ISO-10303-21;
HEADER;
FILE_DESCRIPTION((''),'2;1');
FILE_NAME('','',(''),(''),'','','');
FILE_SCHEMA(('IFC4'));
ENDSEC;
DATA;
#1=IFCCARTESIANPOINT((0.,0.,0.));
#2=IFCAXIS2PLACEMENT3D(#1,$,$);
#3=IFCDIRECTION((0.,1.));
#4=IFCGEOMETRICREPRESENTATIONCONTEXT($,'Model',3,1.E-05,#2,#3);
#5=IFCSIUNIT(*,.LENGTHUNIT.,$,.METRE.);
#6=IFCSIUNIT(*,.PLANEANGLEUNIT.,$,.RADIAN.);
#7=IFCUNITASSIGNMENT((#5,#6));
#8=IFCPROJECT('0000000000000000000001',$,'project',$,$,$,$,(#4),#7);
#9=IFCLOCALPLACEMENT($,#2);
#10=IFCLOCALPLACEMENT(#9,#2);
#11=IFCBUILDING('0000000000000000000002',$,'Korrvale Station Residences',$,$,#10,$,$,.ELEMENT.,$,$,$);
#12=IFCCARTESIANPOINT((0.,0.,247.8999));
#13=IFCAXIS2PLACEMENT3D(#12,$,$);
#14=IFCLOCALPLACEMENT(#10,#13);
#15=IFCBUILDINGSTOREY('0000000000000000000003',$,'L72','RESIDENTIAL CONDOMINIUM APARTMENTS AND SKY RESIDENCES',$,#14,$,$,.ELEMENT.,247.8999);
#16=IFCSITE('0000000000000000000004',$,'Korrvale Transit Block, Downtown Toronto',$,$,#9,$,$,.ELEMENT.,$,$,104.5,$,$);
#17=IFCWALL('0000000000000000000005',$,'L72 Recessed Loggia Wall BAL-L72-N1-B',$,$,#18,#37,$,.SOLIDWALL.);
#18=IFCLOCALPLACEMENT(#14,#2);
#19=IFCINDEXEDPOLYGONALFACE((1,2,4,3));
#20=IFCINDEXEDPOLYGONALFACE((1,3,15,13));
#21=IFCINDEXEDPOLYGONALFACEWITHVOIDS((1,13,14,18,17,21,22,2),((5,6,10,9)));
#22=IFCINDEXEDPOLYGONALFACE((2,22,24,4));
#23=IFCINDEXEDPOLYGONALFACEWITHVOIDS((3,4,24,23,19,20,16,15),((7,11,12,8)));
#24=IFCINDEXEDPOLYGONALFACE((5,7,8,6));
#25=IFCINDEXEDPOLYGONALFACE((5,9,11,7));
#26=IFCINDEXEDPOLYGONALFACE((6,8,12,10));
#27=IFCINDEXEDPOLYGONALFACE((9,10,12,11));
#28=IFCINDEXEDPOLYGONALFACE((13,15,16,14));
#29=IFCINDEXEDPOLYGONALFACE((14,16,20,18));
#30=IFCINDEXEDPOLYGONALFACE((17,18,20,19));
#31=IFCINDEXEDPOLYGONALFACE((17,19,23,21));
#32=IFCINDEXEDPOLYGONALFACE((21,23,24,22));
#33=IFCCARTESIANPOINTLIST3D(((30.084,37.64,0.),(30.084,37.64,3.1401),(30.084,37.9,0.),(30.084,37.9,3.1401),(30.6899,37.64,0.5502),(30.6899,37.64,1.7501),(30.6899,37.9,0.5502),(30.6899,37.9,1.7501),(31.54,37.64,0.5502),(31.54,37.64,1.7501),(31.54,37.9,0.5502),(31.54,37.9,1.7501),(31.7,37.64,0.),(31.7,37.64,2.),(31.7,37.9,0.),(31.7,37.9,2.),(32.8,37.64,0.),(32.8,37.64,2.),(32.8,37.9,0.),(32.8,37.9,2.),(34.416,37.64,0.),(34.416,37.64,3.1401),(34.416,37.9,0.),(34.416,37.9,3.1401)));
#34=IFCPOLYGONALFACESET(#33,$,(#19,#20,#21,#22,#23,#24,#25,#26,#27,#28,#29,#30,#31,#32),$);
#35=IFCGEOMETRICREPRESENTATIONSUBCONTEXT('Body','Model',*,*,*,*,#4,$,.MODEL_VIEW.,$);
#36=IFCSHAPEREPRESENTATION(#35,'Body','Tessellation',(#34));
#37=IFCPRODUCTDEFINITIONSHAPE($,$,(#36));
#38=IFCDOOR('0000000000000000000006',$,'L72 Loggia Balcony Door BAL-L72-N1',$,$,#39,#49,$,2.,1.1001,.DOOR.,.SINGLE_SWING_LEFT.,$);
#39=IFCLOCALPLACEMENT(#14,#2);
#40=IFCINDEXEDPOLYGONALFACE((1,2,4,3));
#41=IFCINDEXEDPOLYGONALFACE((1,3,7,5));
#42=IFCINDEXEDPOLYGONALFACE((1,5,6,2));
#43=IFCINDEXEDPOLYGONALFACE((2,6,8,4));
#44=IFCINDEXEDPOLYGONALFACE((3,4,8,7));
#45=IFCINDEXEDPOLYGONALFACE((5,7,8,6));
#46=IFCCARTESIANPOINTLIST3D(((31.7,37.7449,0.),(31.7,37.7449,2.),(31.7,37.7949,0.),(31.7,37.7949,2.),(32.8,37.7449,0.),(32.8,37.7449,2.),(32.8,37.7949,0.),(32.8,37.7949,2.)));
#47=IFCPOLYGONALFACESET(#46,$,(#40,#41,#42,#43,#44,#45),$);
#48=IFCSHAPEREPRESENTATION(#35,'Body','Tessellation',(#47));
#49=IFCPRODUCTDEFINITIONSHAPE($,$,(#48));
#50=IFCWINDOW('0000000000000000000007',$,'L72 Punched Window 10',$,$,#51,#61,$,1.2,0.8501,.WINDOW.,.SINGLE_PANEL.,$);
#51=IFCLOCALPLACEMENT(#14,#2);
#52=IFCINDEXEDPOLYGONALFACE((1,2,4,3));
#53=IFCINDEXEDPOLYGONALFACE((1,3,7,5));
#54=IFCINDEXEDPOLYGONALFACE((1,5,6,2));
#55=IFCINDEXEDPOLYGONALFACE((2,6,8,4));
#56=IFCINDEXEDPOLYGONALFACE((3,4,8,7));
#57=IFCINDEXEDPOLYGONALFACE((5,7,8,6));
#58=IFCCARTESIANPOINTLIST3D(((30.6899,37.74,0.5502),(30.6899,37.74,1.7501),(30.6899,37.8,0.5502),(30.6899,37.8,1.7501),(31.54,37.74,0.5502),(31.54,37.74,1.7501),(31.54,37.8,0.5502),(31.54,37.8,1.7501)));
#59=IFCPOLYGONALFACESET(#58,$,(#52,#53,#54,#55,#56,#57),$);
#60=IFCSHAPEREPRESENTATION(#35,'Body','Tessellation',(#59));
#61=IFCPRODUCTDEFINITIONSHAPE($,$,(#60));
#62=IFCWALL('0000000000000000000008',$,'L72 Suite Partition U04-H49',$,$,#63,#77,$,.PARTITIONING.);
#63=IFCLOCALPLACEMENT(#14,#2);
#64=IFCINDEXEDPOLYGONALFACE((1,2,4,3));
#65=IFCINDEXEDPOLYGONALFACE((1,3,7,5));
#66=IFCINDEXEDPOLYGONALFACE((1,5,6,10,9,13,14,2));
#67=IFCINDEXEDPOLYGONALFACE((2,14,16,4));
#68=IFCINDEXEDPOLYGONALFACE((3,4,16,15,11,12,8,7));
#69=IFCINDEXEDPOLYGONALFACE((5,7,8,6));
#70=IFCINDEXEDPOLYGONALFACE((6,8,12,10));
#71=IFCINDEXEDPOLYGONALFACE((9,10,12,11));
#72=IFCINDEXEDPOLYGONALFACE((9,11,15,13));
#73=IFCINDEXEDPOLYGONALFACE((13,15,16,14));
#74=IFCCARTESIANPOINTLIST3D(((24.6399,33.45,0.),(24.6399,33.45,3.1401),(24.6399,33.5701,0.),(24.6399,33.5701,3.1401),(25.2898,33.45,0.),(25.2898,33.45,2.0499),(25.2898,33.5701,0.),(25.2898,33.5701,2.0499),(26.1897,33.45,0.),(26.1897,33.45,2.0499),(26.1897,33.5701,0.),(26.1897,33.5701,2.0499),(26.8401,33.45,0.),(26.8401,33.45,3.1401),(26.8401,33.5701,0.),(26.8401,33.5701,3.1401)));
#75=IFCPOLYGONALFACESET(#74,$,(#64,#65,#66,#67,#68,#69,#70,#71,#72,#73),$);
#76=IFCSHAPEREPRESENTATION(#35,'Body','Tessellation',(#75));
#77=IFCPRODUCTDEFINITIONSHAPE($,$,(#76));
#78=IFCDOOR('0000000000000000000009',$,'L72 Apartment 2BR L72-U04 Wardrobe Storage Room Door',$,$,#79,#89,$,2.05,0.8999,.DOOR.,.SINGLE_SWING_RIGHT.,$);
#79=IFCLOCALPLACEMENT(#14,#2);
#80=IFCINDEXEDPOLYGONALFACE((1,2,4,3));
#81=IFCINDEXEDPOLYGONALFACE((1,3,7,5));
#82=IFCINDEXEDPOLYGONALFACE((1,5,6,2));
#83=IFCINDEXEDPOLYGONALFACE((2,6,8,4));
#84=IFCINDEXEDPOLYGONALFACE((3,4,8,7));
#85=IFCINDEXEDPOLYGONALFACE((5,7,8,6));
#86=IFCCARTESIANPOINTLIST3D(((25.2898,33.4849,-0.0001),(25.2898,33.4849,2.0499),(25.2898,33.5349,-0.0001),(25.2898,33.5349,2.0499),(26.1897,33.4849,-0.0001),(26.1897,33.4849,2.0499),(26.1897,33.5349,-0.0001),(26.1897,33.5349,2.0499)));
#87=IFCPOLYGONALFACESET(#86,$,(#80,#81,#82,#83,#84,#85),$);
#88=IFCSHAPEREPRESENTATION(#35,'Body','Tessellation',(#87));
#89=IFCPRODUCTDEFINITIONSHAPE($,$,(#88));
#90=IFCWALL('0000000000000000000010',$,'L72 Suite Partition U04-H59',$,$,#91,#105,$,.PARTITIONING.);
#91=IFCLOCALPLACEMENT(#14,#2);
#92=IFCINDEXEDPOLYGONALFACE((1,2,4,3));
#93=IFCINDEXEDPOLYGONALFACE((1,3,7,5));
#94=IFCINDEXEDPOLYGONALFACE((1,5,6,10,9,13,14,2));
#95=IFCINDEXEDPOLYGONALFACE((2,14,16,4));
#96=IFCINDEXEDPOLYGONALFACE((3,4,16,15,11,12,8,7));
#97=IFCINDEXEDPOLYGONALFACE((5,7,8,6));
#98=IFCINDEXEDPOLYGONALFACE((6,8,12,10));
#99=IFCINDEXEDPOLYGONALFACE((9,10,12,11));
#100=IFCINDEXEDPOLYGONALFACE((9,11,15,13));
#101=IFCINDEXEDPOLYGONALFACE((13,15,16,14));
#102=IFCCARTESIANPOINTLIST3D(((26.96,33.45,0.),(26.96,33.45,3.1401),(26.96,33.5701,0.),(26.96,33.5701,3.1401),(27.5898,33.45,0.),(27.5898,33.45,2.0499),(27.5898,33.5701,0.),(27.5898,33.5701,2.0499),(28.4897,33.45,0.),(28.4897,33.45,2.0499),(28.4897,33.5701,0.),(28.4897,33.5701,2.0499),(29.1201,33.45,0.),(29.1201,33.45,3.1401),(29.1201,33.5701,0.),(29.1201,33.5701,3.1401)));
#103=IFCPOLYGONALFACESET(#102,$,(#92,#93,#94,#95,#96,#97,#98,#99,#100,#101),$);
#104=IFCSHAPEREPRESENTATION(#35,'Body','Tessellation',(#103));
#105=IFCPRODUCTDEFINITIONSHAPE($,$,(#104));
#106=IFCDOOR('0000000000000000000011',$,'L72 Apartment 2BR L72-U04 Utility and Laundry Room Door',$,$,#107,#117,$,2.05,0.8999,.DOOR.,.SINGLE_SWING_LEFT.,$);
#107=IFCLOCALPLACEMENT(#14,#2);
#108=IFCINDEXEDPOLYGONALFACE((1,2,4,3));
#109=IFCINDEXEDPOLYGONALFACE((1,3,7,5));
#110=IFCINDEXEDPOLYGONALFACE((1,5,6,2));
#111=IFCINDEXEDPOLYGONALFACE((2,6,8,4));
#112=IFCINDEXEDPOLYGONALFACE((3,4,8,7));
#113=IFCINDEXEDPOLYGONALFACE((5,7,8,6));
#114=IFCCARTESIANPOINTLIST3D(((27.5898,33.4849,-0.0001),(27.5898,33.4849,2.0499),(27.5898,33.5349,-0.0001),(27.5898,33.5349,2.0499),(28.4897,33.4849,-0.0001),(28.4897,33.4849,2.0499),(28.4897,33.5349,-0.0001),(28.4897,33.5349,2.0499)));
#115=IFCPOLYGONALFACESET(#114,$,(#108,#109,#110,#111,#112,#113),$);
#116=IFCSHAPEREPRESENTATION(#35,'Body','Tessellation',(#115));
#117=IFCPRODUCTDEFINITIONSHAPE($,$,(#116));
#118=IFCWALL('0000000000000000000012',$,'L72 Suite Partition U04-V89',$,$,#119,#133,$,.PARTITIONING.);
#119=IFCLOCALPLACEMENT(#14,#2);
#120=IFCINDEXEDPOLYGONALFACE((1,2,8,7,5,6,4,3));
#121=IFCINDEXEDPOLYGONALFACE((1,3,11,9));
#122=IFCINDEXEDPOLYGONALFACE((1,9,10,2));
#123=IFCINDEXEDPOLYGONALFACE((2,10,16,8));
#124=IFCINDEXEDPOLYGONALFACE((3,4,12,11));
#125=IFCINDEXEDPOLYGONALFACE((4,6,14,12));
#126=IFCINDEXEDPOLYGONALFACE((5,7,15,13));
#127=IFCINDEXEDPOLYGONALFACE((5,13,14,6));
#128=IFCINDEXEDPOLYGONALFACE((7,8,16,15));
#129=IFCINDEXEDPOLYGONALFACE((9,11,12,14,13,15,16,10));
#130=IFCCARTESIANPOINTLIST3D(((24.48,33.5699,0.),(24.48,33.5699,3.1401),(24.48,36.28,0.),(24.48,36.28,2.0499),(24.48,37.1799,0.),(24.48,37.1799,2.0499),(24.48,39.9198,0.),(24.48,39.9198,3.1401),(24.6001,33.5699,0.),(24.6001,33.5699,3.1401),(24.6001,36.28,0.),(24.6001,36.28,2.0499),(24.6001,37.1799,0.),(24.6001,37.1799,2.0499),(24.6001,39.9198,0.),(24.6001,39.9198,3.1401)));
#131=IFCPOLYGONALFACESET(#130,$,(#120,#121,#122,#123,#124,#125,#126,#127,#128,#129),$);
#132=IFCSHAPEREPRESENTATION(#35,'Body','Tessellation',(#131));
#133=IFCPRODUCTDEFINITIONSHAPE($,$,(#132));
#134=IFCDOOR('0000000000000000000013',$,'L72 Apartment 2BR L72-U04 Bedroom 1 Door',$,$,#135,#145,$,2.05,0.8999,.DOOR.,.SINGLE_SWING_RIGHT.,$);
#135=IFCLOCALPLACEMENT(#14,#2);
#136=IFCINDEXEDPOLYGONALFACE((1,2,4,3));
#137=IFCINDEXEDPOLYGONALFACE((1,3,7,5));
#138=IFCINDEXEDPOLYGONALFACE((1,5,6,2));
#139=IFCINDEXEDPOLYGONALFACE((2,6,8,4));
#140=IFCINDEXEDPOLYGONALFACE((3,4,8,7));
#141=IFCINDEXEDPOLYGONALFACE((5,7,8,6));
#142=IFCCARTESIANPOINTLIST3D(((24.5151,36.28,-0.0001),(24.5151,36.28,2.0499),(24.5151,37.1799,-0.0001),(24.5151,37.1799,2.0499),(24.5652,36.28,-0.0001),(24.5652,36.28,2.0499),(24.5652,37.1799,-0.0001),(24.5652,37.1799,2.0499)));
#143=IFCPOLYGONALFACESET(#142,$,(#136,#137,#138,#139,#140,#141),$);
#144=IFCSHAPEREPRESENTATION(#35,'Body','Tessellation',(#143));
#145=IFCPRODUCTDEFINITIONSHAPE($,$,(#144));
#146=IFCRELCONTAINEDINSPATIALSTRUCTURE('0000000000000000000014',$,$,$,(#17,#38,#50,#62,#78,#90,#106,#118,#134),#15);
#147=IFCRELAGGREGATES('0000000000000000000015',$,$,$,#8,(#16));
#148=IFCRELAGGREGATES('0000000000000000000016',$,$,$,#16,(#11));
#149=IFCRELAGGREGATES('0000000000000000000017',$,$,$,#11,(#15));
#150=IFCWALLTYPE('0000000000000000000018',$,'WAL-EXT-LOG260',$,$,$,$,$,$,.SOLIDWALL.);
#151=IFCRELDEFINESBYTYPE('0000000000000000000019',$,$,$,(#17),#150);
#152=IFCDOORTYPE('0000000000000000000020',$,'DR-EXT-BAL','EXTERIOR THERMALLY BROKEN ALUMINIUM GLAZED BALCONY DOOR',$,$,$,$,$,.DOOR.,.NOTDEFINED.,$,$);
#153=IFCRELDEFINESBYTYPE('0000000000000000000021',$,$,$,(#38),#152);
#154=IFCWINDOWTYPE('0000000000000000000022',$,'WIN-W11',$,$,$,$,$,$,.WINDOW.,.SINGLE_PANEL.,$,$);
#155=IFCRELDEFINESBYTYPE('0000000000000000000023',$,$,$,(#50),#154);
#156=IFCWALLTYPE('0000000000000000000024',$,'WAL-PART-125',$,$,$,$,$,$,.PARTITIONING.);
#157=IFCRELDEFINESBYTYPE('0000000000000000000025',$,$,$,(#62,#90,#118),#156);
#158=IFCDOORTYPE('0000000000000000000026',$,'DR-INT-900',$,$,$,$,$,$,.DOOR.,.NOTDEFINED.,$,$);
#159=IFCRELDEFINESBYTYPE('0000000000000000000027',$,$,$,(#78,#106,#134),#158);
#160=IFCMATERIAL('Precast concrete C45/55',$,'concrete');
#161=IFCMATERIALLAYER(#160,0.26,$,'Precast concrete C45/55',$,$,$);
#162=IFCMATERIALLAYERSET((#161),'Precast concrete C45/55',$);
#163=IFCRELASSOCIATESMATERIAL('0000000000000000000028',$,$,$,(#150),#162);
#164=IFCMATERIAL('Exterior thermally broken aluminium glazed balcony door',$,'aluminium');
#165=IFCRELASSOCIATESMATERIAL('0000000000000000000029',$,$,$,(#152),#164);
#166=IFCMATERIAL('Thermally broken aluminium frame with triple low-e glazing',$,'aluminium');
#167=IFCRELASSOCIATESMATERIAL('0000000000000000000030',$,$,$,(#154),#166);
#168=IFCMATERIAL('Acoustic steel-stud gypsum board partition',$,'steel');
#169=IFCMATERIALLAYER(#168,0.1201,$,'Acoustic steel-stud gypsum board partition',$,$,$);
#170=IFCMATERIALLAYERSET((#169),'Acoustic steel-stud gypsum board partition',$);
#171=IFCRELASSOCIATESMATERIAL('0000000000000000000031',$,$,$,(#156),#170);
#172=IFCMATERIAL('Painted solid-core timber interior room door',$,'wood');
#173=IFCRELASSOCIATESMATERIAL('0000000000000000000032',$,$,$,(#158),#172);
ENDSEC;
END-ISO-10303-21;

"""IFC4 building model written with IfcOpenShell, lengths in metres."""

from ifc_helpers import new_model, si_unit, direction, frame, frame_2d, origin, place, context, subcontext, project, spatial, rectangle, extrude, material, layer, layer_set, type_object, element, fill, save


model = new_model("IFC4")

# Units and contexts
model_context = context("Model", 3, precision=1e-05, world=origin(), true_north=direction((0.0, 1.0)))
body_context = subcontext(model_context, "Body", "Model", "MODEL_VIEW")
ifc_project = project(units=[si_unit("LENGTHUNIT", "METRE"), si_unit("PLANEANGLEUNIT", "RADIAN")], contexts=[model_context])

# Site, building, storey
site_placement = place(None, origin())
site = spatial("IfcSite", under=ifc_project, at=site_placement, Name="Korrvale Transit Block, Downtown Toronto", CompositionType="ELEMENT", RefElevation=104.5)
building_placement = place(site_placement, origin())
building = spatial("IfcBuilding", under=site, at=building_placement, Name="Korrvale Station Residences", CompositionType="ELEMENT")
storey_placement = place(building_placement, frame((0.0, 0.0, 247.8999)))
storey = spatial("IfcBuildingStorey", under=building, at=storey_placement, Name="L72", Description="RESIDENTIAL CONDOMINIUM APARTMENTS AND SKY RESIDENCES", CompositionType="ELEMENT", Elevation=247.8999)

# Shared definitions
ifc_material_1 = material(Name="Precast concrete C45/55", Category="concrete")
ifc_layer_1 = layer(ifc_material_1, 0.26, Name="Precast concrete C45/55")
ifc_layer_set_1 = layer_set([ifc_layer_1], Name="Precast concrete C45/55")
wall_type_1 = type_object("IfcWallType", Name="WAL-EXT-LOG260", PredefinedType="SOLIDWALL", material=ifc_layer_set_1)

# Wall, openings, door, window
wall_1_placement = place(storey_placement, frame((30.084, 37.77, 0.0), z_axis=(0.0, 0.0, 1.0), x_axis=(1.0, 0.0, 0.0)))
wall_1 = element("IfcWall", 1, at=wall_1_placement, inside=storey, type_object=wall_type_1, Name="L72 Recessed Loggia Wall BAL-L72-N1-B", PredefinedType="SOLIDWALL", context=body_context, shape_type="SweptSolid", body=[
    extrude(rectangle(XDim=4.332, YDim=0.26, at=frame_2d((2.166, 0.0))), origin(), (0.0, 0.0, 1.0), 3.1401),
])
opening_1_placement = place(wall_1_placement, frame((1.616, 0.0, 0.0)))
opening_1 = element("IfcOpeningElement", 2, at=opening_1_placement, cuts=wall_1, PredefinedType="OPENING", context=body_context, shape_type="SweptSolid", body=[
    extrude(rectangle(XDim=1.1001, YDim=2.0, at=frame_2d((0.55, 1.0))), frame((0.0, 0.1401, 0.0), z_axis=(0.0, -1.0, 0.0), x_axis=(1.0, 0.0, 0.0)), (0.0, 0.0, 1.0), 0.28),
])
opening_2_placement = place(wall_1_placement, frame((0.606, 0.0, 0.55)))
opening_2 = element("IfcOpeningElement", 3, at=opening_2_placement, cuts=wall_1, PredefinedType="OPENING", context=body_context, shape_type="SweptSolid", body=[
    extrude(rectangle(XDim=0.8501, YDim=1.2, at=frame_2d((0.425, 0.6001))), frame((0.0, 0.1401, 0.0), z_axis=(0.0, -1.0, 0.0), x_axis=(1.0, 0.0, 0.0)), (0.0, 0.0, 1.0), 0.28),
])
ifc_material_2 = material(Name="Exterior thermally broken aluminium glazed balcony door", Category="aluminium")
door_type_1 = type_object("IfcDoorType", Name="DR-EXT-BAL", Description="EXTERIOR THERMALLY BROKEN ALUMINIUM GLAZED BALCONY DOOR", OperationType="NOTDEFINED", PredefinedType="DOOR", material=ifc_material_2)
door_1_placement = place(opening_1_placement, origin())
door_1 = element("IfcDoor", 4, at=door_1_placement, inside=storey, type_object=door_type_1, Name="L72 Loggia Balcony Door BAL-L72-N1", OperationType="SINGLE_SWING_LEFT", OverallHeight=2.0, OverallWidth=1.1001, PredefinedType="DOOR", context=body_context, shape_type="SweptSolid", body=[
    extrude(rectangle(XDim=1.1001, YDim=2.0, at=frame_2d((0.55, 1.0))), frame((0.0, 0.0249, 0.0), z_axis=(0.0, -1.0, 0.0), x_axis=(1.0, 0.0, 0.0)), (0.0, 0.0, 1.0), 0.05),
])
fill(opening_1, door_1)
ifc_material_3 = material(Name="Thermally broken aluminium frame with triple low-e glazing", Category="aluminium")
window_type = type_object("IfcWindowType", Name="WIN-W11", PartitioningType="SINGLE_PANEL", PredefinedType="WINDOW", material=ifc_material_3)
window_placement = place(opening_2_placement, origin())
window = element("IfcWindow", 5, at=window_placement, inside=storey, type_object=window_type, Name="L72 Punched Window 10", OverallHeight=1.2, OverallWidth=0.8501, PartitioningType="SINGLE_PANEL", PredefinedType="WINDOW", context=body_context, shape_type="SweptSolid", body=[
    extrude(rectangle(XDim=0.8501, YDim=1.2, at=frame_2d((0.425, 0.6001))), frame((0.0, 0.03, 0.0), z_axis=(0.0, -1.0, 0.0), x_axis=(1.0, 0.0, 0.0)), (0.0, 0.0, 1.0), 0.0601),
])
fill(opening_2, window)

# Walls, openings, doors
ifc_material_4 = material(Name="Acoustic steel-stud gypsum board partition", Category="steel")
ifc_layer_2 = layer(ifc_material_4, 0.1201, Name="Acoustic steel-stud gypsum board partition")
ifc_layer_set_2 = layer_set([ifc_layer_2], Name="Acoustic steel-stud gypsum board partition")
wall_type_2 = type_object("IfcWallType", Name="WAL-PART-125", PredefinedType="PARTITIONING", material=ifc_layer_set_2)
wall_2_placement = place(storey_placement, frame((24.6399, 33.51, 0.0), z_axis=(0.0, 0.0, 1.0), x_axis=(1.0, 0.0, 0.0)))
wall_2 = element("IfcWall", 6, at=wall_2_placement, inside=storey, type_object=wall_type_2, Name="L72 Suite Partition U04-H49", PredefinedType="PARTITIONING", context=body_context, shape_type="SweptSolid", body=[
    extrude(rectangle(XDim=2.2002, YDim=0.1201, at=frame_2d((1.1001, 0.0))), origin(), (0.0, 0.0, 1.0), 3.1401),
])
opening_3_placement = place(wall_2_placement, frame((0.6499, 0.0, 0.0)))
opening_3 = element("IfcOpeningElement", 7, at=opening_3_placement, cuts=wall_2, PredefinedType="OPENING", context=body_context, shape_type="SweptSolid", body=[
    extrude(rectangle(XDim=0.8999, YDim=2.05, at=frame_2d((0.45, 1.0249))), frame((0.0, 0.0701, 0.0), z_axis=(0.0, -1.0, 0.0), x_axis=(1.0, 0.0, 0.0)), (0.0, 0.0, 1.0), 0.1401),
])
ifc_material_5 = material(Name="Painted solid-core timber interior room door", Category="wood")
door_type_2 = type_object("IfcDoorType", Name="DR-INT-900", OperationType="NOTDEFINED", PredefinedType="DOOR", material=ifc_material_5)
door_2_placement = place(opening_3_placement, origin())
door_2 = element("IfcDoor", 8, at=door_2_placement, inside=storey, type_object=door_type_2, Name="L72 Apartment 2BR L72-U04 Wardrobe Storage Room Door", OperationType="SINGLE_SWING_RIGHT", OverallHeight=2.05, OverallWidth=0.8999, PredefinedType="DOOR", context=body_context, shape_type="SweptSolid", body=[
    extrude(rectangle(XDim=0.8999, YDim=2.05, at=frame_2d((0.45, 1.0249))), frame((0.0, 0.0249, 0.0), z_axis=(0.0, -1.0, 0.0), x_axis=(1.0, 0.0, 0.0)), (0.0, 0.0, 1.0), 0.05),
])
fill(opening_3, door_2)
wall_3_placement = place(storey_placement, frame((26.96, 33.51, 0.0), z_axis=(0.0, 0.0, 1.0), x_axis=(1.0, 0.0, 0.0)))
wall_3 = element("IfcWall", 9, at=wall_3_placement, inside=storey, type_object=wall_type_2, Name="L72 Suite Partition U04-H59", PredefinedType="PARTITIONING", context=body_context, shape_type="SweptSolid", body=[
    extrude(rectangle(XDim=2.1602, YDim=0.1201, at=frame_2d((1.0801, 0.0))), origin(), (0.0, 0.0, 1.0), 3.1401),
])
opening_4_placement = place(wall_3_placement, frame((0.6299, 0.0, 0.0)))
opening_4 = element("IfcOpeningElement", 10, at=opening_4_placement, cuts=wall_3, PredefinedType="OPENING", context=body_context, shape_type="SweptSolid", body=[
    extrude(rectangle(XDim=0.8999, YDim=2.05, at=frame_2d((0.45, 1.0249))), frame((0.0, 0.0701, 0.0), z_axis=(0.0, -1.0, 0.0), x_axis=(1.0, 0.0, 0.0)), (0.0, 0.0, 1.0), 0.1401),
])
door_3_placement = place(opening_4_placement, origin())
door_3 = element("IfcDoor", 11, at=door_3_placement, inside=storey, type_object=door_type_2, Name="L72 Apartment 2BR L72-U04 Utility and Laundry Room Door", OperationType="SINGLE_SWING_LEFT", OverallHeight=2.05, OverallWidth=0.8999, PredefinedType="DOOR", context=body_context, shape_type="SweptSolid", body=[
    extrude(rectangle(XDim=0.8999, YDim=2.05, at=frame_2d((0.45, 1.0249))), frame((0.0, 0.0249, 0.0), z_axis=(0.0, -1.0, 0.0), x_axis=(1.0, 0.0, 0.0)), (0.0, 0.0, 1.0), 0.05),
])
fill(opening_4, door_3)
wall_4_placement = place(storey_placement, frame((24.54, 33.5701, 0.0), z_axis=(0.0, 0.0, 1.0), x_axis=(0.0, 1.0, 0.0)))
wall_4 = element("IfcWall", 12, at=wall_4_placement, inside=storey, type_object=wall_type_2, Name="L72 Suite Partition U04-V89", PredefinedType="PARTITIONING", context=body_context, shape_type="SweptSolid", body=[
    extrude(rectangle(XDim=6.3499, YDim=0.1201, at=frame_2d((3.1748, 0.0))), origin(), (0.0, 0.0, 1.0), 3.1401),
])
opening_5_placement = place(wall_4_placement, frame((2.71, 0.0, 0.0)))
opening_5 = element("IfcOpeningElement", 13, at=opening_5_placement, cuts=wall_4, PredefinedType="OPENING", context=body_context, shape_type="SweptSolid", body=[
    extrude(rectangle(XDim=0.8999, YDim=2.05, at=frame_2d((0.45, 1.0249))), frame((0.0, 0.0701, 0.0), z_axis=(0.0, -1.0, 0.0), x_axis=(1.0, 0.0, 0.0)), (0.0, 0.0, 1.0), 0.1401),
])
door_4_placement = place(opening_5_placement, origin())
door_4 = element("IfcDoor", 14, at=door_4_placement, inside=storey, type_object=door_type_2, Name="L72 Apartment 2BR L72-U04 Bedroom 1 Door", OperationType="SINGLE_SWING_RIGHT", OverallHeight=2.05, OverallWidth=0.8999, PredefinedType="DOOR", context=body_context, shape_type="SweptSolid", body=[
    extrude(rectangle(XDim=0.8999, YDim=2.05, at=frame_2d((0.45, 1.0249))), frame((0.0, 0.0249, 0.0), z_axis=(0.0, -1.0, 0.0), x_axis=(1.0, 0.0, 0.0)), (0.0, 0.0, 1.0), 0.05),
])
fill(opening_5, door_4)

save(model, "model.ifc")
